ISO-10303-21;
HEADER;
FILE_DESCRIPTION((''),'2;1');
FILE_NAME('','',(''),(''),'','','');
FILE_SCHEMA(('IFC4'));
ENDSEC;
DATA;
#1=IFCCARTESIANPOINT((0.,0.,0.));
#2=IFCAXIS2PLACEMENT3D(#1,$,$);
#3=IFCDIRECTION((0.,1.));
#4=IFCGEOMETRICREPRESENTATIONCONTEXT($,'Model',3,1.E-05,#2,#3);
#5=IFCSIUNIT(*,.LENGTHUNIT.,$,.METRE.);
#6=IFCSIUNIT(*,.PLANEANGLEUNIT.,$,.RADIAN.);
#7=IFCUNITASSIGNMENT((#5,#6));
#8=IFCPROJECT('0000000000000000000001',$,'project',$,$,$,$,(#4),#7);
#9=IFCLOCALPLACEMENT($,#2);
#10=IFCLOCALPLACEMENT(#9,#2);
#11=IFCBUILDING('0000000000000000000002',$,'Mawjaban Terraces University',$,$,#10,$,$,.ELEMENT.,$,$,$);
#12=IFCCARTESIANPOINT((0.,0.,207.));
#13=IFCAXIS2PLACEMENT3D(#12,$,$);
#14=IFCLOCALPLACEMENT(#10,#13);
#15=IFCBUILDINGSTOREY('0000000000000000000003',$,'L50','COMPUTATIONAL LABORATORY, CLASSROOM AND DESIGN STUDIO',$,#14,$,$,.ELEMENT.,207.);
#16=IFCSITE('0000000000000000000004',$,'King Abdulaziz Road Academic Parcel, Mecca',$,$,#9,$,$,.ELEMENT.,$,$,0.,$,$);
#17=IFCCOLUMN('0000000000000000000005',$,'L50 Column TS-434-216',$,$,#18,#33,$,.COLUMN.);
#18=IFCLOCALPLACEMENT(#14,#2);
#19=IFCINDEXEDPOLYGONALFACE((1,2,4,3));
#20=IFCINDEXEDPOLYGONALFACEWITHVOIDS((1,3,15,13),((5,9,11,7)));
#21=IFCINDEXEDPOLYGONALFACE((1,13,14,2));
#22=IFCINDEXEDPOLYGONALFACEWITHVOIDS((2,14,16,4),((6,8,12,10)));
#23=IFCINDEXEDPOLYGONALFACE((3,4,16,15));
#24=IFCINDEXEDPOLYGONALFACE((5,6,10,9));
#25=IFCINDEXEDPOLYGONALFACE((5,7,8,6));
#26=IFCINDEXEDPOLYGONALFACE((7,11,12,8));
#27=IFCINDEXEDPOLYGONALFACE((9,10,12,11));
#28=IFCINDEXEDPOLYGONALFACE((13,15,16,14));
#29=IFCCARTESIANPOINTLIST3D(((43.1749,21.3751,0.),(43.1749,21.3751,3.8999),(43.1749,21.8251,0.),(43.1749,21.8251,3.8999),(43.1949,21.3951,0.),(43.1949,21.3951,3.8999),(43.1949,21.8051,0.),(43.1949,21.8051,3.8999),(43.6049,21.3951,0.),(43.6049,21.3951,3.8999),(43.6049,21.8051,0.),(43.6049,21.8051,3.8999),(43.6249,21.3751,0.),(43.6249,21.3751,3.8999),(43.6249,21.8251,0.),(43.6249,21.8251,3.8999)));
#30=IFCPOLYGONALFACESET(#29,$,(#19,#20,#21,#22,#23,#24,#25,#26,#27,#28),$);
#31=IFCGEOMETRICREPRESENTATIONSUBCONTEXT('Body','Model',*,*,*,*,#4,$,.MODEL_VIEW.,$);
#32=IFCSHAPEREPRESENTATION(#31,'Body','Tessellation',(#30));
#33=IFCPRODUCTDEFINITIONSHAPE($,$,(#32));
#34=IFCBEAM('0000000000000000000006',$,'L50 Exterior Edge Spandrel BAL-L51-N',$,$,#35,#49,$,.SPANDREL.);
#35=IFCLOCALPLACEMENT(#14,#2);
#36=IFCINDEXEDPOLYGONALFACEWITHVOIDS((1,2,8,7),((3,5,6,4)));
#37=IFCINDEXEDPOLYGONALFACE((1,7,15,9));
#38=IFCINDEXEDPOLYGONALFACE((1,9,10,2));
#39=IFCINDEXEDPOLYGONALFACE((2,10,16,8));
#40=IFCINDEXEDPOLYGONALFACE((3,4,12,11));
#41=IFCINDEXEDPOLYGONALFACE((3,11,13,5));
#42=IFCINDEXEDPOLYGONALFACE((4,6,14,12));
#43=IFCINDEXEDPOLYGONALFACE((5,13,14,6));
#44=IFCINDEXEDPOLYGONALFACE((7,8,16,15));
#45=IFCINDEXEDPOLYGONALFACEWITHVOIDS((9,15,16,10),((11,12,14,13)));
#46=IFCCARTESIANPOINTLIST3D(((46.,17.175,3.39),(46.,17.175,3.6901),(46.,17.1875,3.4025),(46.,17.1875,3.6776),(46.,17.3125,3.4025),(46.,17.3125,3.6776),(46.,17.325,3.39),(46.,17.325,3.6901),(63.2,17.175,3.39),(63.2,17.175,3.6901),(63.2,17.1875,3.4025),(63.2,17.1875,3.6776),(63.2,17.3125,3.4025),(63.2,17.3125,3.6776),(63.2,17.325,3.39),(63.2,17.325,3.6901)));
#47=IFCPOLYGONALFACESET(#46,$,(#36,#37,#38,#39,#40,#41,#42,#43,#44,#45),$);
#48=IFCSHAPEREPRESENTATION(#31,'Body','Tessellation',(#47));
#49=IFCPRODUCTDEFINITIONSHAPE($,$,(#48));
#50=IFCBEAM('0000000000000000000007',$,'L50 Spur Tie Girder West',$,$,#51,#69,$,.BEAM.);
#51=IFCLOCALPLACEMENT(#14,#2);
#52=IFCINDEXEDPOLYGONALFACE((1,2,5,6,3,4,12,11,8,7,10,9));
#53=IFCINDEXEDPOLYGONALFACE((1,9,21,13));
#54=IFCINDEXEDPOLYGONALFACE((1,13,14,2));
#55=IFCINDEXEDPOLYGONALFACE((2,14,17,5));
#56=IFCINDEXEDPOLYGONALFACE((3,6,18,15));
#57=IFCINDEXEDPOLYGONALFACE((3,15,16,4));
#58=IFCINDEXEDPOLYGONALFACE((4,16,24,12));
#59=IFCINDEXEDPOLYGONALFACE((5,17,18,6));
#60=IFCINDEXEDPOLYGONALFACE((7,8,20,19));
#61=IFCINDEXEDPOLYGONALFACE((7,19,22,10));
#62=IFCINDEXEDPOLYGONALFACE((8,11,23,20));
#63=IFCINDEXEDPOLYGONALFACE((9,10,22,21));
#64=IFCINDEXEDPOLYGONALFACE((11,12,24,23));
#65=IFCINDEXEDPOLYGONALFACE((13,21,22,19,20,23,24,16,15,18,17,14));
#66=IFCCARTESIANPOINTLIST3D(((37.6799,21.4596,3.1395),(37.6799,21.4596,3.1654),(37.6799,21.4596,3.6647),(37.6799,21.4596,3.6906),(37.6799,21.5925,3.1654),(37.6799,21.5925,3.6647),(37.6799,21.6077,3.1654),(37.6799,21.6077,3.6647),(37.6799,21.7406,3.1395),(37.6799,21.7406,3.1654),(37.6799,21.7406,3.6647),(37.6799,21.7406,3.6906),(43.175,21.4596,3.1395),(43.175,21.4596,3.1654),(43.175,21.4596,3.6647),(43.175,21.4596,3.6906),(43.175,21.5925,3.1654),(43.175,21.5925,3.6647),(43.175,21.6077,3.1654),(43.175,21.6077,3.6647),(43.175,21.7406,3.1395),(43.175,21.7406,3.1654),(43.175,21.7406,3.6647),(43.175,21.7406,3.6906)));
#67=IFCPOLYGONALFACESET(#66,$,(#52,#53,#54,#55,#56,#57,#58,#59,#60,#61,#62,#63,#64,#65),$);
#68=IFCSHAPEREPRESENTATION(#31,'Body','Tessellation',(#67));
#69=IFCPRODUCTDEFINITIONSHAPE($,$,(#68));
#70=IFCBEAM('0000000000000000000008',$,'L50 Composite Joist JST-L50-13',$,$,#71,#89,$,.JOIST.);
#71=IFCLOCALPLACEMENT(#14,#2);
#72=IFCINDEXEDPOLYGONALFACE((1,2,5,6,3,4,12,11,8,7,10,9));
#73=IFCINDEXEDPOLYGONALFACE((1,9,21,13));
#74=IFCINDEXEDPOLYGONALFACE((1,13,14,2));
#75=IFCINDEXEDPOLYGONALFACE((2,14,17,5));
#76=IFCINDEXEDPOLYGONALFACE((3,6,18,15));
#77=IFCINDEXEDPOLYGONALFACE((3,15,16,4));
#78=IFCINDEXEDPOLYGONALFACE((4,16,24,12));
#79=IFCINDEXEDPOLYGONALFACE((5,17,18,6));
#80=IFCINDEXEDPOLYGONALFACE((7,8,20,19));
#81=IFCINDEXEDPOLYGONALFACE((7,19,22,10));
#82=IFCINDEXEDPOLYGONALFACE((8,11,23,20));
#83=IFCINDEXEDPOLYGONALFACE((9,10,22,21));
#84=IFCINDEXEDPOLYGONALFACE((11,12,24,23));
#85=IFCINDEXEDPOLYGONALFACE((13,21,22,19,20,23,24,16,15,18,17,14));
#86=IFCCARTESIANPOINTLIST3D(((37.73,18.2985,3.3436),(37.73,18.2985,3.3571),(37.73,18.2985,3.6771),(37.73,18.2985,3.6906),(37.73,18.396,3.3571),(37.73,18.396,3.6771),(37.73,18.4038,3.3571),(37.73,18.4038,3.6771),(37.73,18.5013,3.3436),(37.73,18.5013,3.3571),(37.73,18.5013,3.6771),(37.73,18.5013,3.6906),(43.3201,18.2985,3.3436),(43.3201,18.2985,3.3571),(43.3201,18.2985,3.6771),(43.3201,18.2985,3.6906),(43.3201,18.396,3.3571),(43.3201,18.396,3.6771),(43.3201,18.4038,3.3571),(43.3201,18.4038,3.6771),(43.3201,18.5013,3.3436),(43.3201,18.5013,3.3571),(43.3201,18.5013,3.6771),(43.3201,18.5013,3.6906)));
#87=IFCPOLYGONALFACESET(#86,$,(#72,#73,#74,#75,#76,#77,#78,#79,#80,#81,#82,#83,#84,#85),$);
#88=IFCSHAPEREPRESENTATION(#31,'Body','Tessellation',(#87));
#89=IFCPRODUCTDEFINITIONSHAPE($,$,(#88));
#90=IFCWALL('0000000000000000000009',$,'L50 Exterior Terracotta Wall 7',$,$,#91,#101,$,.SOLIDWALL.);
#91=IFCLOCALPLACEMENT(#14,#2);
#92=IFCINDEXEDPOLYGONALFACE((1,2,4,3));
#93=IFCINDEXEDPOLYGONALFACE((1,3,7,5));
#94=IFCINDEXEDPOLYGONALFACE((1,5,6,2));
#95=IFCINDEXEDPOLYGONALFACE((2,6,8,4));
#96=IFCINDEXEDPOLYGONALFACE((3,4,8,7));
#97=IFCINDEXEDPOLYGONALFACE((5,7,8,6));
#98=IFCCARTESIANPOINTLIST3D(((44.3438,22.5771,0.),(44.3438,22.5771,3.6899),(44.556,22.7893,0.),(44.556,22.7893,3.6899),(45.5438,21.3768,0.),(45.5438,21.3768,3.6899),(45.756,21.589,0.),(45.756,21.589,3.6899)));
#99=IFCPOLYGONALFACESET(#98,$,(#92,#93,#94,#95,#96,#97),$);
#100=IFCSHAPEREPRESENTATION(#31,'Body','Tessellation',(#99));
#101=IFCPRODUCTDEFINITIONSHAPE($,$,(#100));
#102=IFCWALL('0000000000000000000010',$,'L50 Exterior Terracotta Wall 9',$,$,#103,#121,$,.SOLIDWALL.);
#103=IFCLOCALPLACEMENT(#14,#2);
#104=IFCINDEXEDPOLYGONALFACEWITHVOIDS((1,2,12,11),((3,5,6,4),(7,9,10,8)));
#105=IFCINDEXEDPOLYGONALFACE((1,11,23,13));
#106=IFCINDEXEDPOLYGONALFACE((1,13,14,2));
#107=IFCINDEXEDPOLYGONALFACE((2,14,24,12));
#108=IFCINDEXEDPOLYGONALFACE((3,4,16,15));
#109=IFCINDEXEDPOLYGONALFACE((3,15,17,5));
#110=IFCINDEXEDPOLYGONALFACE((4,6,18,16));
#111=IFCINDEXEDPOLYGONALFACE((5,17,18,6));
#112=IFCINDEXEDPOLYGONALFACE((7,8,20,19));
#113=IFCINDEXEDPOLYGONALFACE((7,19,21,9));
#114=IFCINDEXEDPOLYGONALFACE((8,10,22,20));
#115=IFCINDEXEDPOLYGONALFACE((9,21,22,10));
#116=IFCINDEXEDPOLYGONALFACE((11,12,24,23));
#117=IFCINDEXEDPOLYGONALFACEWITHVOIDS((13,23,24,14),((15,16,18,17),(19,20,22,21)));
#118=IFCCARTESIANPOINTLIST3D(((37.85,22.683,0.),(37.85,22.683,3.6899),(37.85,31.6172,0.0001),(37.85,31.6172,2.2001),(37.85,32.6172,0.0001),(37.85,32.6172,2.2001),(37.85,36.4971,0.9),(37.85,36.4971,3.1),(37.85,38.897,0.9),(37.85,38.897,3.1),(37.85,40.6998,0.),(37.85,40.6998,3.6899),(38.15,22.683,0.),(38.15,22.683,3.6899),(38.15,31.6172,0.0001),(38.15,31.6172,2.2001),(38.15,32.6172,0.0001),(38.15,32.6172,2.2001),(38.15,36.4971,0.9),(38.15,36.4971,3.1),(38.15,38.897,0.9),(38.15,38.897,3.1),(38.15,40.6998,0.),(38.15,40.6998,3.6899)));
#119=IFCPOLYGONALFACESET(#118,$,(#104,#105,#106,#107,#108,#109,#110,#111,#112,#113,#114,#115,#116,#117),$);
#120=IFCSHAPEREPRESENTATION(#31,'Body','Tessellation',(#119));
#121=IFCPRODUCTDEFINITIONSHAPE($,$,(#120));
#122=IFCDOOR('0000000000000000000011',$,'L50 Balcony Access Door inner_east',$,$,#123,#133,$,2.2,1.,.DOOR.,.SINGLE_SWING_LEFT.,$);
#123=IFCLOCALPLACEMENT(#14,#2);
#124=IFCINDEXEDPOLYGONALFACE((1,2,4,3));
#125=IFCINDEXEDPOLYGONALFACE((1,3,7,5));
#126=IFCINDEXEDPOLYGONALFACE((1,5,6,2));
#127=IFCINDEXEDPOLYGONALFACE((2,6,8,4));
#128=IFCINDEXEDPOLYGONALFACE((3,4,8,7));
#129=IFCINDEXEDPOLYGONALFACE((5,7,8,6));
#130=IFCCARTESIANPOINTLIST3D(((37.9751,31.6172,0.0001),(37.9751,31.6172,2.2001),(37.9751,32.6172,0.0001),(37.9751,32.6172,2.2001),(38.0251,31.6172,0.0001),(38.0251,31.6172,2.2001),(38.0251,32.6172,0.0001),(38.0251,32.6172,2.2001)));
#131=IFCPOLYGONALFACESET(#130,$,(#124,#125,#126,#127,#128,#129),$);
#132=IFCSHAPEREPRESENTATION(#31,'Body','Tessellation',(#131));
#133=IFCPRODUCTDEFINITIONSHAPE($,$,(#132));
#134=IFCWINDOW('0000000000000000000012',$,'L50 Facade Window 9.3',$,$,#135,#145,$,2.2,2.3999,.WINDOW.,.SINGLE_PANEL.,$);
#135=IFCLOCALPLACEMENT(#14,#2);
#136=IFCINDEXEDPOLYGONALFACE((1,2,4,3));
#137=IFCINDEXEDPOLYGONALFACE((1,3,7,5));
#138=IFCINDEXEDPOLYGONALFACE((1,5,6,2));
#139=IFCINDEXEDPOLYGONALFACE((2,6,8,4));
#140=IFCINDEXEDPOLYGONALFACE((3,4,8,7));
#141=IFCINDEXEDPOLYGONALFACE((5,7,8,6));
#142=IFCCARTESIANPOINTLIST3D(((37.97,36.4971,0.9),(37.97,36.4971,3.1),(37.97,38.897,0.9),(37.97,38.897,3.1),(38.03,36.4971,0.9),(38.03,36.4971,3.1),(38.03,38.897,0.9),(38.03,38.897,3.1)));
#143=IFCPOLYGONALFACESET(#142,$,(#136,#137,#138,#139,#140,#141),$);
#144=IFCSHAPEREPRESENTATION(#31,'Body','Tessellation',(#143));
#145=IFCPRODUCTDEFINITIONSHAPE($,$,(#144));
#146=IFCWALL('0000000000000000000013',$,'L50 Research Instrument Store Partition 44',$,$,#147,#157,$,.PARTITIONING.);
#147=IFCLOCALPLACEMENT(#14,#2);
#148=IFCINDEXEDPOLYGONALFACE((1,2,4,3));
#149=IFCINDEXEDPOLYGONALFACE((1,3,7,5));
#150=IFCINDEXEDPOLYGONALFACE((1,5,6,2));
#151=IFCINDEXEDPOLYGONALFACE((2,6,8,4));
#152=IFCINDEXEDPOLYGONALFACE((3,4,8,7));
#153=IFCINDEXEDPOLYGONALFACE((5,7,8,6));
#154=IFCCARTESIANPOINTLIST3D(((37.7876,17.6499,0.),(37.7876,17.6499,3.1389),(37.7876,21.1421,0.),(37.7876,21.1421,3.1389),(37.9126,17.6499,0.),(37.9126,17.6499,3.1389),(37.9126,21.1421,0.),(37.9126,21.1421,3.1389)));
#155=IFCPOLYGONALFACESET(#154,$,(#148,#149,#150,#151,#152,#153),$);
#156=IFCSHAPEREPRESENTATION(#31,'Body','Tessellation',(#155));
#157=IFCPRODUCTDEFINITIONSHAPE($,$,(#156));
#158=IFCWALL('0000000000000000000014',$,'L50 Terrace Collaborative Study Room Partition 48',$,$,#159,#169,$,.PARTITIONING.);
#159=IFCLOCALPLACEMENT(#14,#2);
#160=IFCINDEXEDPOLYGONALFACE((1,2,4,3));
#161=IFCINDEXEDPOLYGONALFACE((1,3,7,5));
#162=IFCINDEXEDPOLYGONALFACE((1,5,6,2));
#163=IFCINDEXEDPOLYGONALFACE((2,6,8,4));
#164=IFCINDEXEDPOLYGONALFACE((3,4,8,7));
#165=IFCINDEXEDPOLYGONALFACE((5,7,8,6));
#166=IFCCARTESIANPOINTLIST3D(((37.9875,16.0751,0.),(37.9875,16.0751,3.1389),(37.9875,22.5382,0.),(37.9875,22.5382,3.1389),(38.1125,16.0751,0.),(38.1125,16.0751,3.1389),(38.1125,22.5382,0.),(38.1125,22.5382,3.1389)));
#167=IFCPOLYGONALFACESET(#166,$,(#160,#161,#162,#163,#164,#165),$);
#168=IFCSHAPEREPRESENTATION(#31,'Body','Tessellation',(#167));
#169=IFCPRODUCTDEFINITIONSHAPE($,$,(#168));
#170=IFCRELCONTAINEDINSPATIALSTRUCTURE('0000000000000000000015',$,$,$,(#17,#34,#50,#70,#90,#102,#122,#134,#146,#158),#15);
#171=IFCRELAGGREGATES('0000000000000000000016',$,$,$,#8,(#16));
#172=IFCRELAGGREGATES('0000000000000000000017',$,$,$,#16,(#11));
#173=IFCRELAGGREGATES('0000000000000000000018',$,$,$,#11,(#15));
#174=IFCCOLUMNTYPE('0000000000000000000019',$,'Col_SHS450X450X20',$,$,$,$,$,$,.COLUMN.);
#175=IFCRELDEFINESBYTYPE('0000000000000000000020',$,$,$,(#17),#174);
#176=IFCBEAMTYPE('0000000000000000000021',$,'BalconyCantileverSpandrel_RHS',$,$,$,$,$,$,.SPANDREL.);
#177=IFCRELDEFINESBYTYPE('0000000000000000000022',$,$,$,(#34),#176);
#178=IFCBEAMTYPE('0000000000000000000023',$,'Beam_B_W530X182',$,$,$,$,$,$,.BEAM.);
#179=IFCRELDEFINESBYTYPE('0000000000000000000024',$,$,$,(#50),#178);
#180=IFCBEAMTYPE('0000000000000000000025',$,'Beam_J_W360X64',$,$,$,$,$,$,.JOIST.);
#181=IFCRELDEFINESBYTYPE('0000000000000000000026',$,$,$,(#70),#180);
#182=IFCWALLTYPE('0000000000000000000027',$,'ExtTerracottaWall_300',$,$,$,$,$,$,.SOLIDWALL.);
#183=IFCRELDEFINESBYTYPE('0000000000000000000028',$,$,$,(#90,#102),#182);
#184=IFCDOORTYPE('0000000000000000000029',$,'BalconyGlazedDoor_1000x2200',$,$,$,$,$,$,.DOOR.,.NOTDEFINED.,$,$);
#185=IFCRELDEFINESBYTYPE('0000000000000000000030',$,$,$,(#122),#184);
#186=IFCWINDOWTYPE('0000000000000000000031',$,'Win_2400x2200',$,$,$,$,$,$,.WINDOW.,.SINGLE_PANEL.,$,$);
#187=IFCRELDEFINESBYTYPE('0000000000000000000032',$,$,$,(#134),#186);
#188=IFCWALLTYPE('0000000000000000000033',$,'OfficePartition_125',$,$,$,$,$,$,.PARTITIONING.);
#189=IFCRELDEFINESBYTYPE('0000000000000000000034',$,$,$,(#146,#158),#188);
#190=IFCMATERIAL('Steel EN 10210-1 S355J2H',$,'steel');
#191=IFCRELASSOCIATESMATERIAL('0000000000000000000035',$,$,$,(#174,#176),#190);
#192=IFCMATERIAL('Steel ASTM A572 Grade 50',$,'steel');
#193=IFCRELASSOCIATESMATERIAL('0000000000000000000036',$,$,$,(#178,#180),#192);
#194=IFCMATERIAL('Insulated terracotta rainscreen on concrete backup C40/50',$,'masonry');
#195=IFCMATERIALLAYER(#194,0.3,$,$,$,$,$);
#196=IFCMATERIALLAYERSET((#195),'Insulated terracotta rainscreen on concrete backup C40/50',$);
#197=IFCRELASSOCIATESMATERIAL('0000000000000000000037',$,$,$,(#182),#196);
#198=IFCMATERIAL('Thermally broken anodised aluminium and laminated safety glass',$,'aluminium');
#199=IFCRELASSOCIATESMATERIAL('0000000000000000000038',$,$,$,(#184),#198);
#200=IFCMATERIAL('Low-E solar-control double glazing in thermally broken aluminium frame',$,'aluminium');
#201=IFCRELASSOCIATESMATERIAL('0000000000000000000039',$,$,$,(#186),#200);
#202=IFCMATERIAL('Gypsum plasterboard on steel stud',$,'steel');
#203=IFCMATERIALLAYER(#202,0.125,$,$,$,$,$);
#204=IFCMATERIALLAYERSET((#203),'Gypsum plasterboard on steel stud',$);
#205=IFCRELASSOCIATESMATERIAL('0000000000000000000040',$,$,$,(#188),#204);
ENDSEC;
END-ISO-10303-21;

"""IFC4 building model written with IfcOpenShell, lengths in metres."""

from ifc_helpers import new_model, si_unit, direction, frame, frame_2d, origin, origin_2d, place, context, subcontext, project, spatial, rectangle, hollow_rectangle, i_section, extrude, material, layer, layer_set, material_profile, profile_set, type_object, element, fill, save


model = new_model("IFC4")

# Units and contexts
model_context = context("Model", 3, precision=1e-05, world=origin(), true_north=direction((0.0, 1.0)))
body_context = subcontext(model_context, "Body", "Model", "MODEL_VIEW")
ifc_project = project(units=[si_unit("LENGTHUNIT", "METRE"), si_unit("PLANEANGLEUNIT", "RADIAN")], contexts=[model_context])

# Site, building, storey
site_placement = place(None, origin())
site = spatial("IfcSite", under=ifc_project, at=site_placement, Name="King Abdulaziz Road Academic Parcel, Mecca", CompositionType="ELEMENT", RefElevation=0.0)
building_placement = place(site_placement, origin())
building = spatial("IfcBuilding", under=site, at=building_placement, Name="Mawjaban Terraces University", CompositionType="ELEMENT")
storey_placement = place(building_placement, frame((0.0, 0.0, 207.0)))
storey = spatial("IfcBuildingStorey", under=building, at=storey_placement, Name="L50", Description="COMPUTATIONAL LABORATORY, CLASSROOM AND DESIGN STUDIO", CompositionType="ELEMENT", Elevation=207.0)

# Column
ifc_material_1 = material(Name="Steel EN 10210-1 S355J2H", Category="steel")
ifc_material_profile_1 = material_profile(ifc_material_1, hollow_rectangle(XDim=0.45, YDim=0.45, WallThickness=0.02, at=origin_2d()), Name="SHS450X450X20")
ifc_profile_set_1 = profile_set([ifc_material_profile_1], Name="Steel EN 10210-1 S355J2H")
column_type = type_object("IfcColumnType", Name="Col_SHS450X450X20", PredefinedType="COLUMN", material=ifc_profile_set_1)
column_placement = place(storey_placement, frame((43.3999, 21.6001, 0.0), z_axis=(0.0, 0.0, 1.0), x_axis=(1.0, 0.0, 0.0)))
element("IfcColumn", 1, at=column_placement, inside=storey, type_object=column_type, Name="L50 Column TS-434-216", PredefinedType="COLUMN", context=body_context, shape_type="SweptSolid", body=[
    extrude(hollow_rectangle(XDim=0.45, YDim=0.45, WallThickness=0.02, at=origin_2d()), origin(), (0.0, 0.0, 1.0), 3.8999),
])

# Beams
ifc_material_profile_2 = material_profile(ifc_material_1, hollow_rectangle(XDim=0.1499, YDim=0.3, WallThickness=0.0125, at=origin_2d()), Name="RHS300X150X12.5")
ifc_profile_set_2 = profile_set([ifc_material_profile_2], Name="Steel EN 10210-1 S355J2H")
beam_type_1 = type_object("IfcBeamType", Name="BalconyCantileverSpandrel_RHS", PredefinedType="SPANDREL", material=ifc_profile_set_2)
beam_1_placement = place(storey_placement, frame((46.0, 17.25, 3.54), z_axis=(1.0, 0.0, 0.0), x_axis=(0.0, 1.0, 0.0)))
element("IfcBeam", 2, at=beam_1_placement, inside=storey, type_object=beam_type_1, Name="L50 Exterior Edge Spandrel BAL-L51-N", PredefinedType="SPANDREL", context=body_context, shape_type="SweptSolid", body=[
    extrude(hollow_rectangle(XDim=0.1499, YDim=0.3, WallThickness=0.0125, at=origin_2d()), origin(), (0.0, 0.0, 1.0), 17.2),
])
ifc_material_2 = material(Name="Steel ASTM A572 Grade 50", Category="steel")
ifc_material_profile_3 = material_profile(ifc_material_2, i_section(OverallWidth=0.281, OverallDepth=0.551, WebThickness=0.0151, FlangeThickness=0.0259, at=origin_2d()), Name="W530X182")
ifc_profile_set_3 = profile_set([ifc_material_profile_3], Name="Steel ASTM A572 Grade 50")
beam_type_2 = type_object("IfcBeamType", Name="Beam_B_W530X182", PredefinedType="BEAM", material=ifc_profile_set_3)
beam_2_placement = place(storey_placement, frame((37.6799, 21.6001, 3.415), z_axis=(1.0, 0.0, 0.0), x_axis=(0.0, 1.0, 0.0)))
element("IfcBeam", 3, at=beam_2_placement, inside=storey, type_object=beam_type_2, Name="L50 Spur Tie Girder West", PredefinedType="BEAM", context=body_context, shape_type="SweptSolid", body=[
    extrude(i_section(OverallWidth=0.281, OverallDepth=0.551, WebThickness=0.0151, FlangeThickness=0.0259, at=origin_2d()), origin(), (0.0, 0.0, 1.0), 5.4951),
])
ifc_material_profile_4 = material_profile(ifc_material_2, i_section(OverallWidth=0.2029, OverallDepth=0.3469, WebThickness=0.0078, FlangeThickness=0.0134, at=origin_2d()), Name="W360X64")
ifc_profile_set_4 = profile_set([ifc_material_profile_4], Name="Steel ASTM A572 Grade 50")
beam_type_3 = type_object("IfcBeamType", Name="Beam_J_W360X64", PredefinedType="JOIST", material=ifc_profile_set_4)
beam_3_placement = place(storey_placement, frame((37.73, 18.3999, 3.5171), z_axis=(1.0, 0.0, 0.0), x_axis=(0.0, 1.0, 0.0)))
element("IfcBeam", 4, at=beam_3_placement, inside=storey, type_object=beam_type_3, Name="L50 Composite Joist JST-L50-13", PredefinedType="JOIST", context=body_context, shape_type="SweptSolid", body=[
    extrude(i_section(OverallWidth=0.2029, OverallDepth=0.3469, WebThickness=0.0078, FlangeThickness=0.0134, at=origin_2d()), origin(), (0.0, 0.0, 1.0), 5.5901),
])

# Wall
ifc_material_3 = material(Name="Insulated terracotta rainscreen on concrete backup C40/50", Category="masonry")
ifc_layer_1 = layer(ifc_material_3, 0.3)
ifc_layer_set_1 = layer_set([ifc_layer_1], Name="Insulated terracotta rainscreen on concrete backup C40/50")
wall_type_1 = type_object("IfcWallType", Name="ExtTerracottaWall_300", PredefinedType="SOLIDWALL", material=ifc_layer_set_1)
wall_1_placement = place(storey_placement, frame((45.6499, 21.4829, 0.0), z_axis=(0.0, 0.0, 1.0), x_axis=(-0.707035, 0.707179, 0.0)))
element("IfcWall", 5, at=wall_1_placement, inside=storey, type_object=wall_type_1, Name="L50 Exterior Terracotta Wall 7", PredefinedType="SOLIDWALL", context=body_context, shape_type="SweptSolid", body=[
    extrude(rectangle(XDim=1.6973, YDim=0.3, at=frame_2d((0.8486, 0.0))), origin(), (0.0, 0.0, 1.0), 3.6899),
])

# Wall, openings, door, window
wall_2_placement = place(storey_placement, frame((38.0, 22.6831, 0.0), z_axis=(0.0, 0.0, 1.0), x_axis=(0.0, 1.0, 0.0)))
wall_2 = element("IfcWall", 6, at=wall_2_placement, inside=storey, type_object=wall_type_1, Name="L50 Exterior Terracotta Wall 9", PredefinedType="SOLIDWALL", context=body_context, shape_type="SweptSolid", body=[
    extrude(rectangle(XDim=18.0168, YDim=0.3, at=frame_2d((9.0083, 0.0))), origin(), (0.0, 0.0, 1.0), 3.6899),
])
opening_1_placement = place(wall_2_placement, frame((8.9341, 0.0, 0.0)))
opening_1 = element("IfcOpeningElement", 7, at=opening_1_placement, cuts=wall_2, PredefinedType="OPENING", context=body_context, shape_type="SweptSolid", body=[
    extrude(rectangle(XDim=1.0, YDim=2.2, at=frame_2d((0.5, 1.1001))), frame((0.0, 0.1599, 0.0), z_axis=(0.0, -1.0, 0.0), x_axis=(1.0, 0.0, 0.0)), (0.0, 0.0, 1.0), 0.3201),
])
opening_2_placement = place(wall_2_placement, frame((13.814, 0.0, 0.8999)))
opening_2 = element("IfcOpeningElement", 8, at=opening_2_placement, cuts=wall_2, PredefinedType="OPENING", context=body_context, shape_type="SweptSolid", body=[
    extrude(rectangle(XDim=2.3999, YDim=2.2, at=frame_2d((1.2, 1.1001))), frame((0.0, 0.1599, 0.0), z_axis=(0.0, -1.0, 0.0), x_axis=(1.0, 0.0, 0.0)), (0.0, 0.0, 1.0), 0.3201),
])
ifc_material_4 = material(Name="Thermally broken anodised aluminium and laminated safety glass", Category="aluminium")
door_type = type_object("IfcDoorType", Name="BalconyGlazedDoor_1000x2200", OperationType="NOTDEFINED", PredefinedType="DOOR", material=ifc_material_4)
door_placement = place(opening_1_placement, origin())
door = element("IfcDoor", 9, at=door_placement, inside=storey, type_object=door_type, Name="L50 Balcony Access Door inner_east", OperationType="SINGLE_SWING_LEFT", OverallHeight=2.2, OverallWidth=1.0, PredefinedType="DOOR", context=body_context, shape_type="SweptSolid", body=[
    extrude(rectangle(XDim=1.0, YDim=2.2, at=frame_2d((0.5, 1.1001))), frame((0.0, 0.0249, 0.0), z_axis=(0.0, -1.0, 0.0), x_axis=(1.0, 0.0, 0.0)), (0.0, 0.0, 1.0), 0.05),
])
fill(opening_1, door)
ifc_material_5 = material(Name="Low-E solar-control double glazing in thermally broken aluminium frame", Category="aluminium")
window_type = type_object("IfcWindowType", Name="Win_2400x2200", PartitioningType="SINGLE_PANEL", PredefinedType="WINDOW", material=ifc_material_5)
window_placement = place(opening_2_placement, origin())
window = element("IfcWindow", 10, at=window_placement, inside=storey, type_object=window_type, Name="L50 Facade Window 9.3", OverallHeight=2.2, OverallWidth=2.3999, PartitioningType="SINGLE_PANEL", PredefinedType="WINDOW", context=body_context, shape_type="SweptSolid", body=[
    extrude(rectangle(XDim=2.3999, YDim=2.2, at=frame_2d((1.2, 1.1001))), frame((0.0, 0.03, 0.0), z_axis=(0.0, -1.0, 0.0), x_axis=(1.0, 0.0, 0.0)), (0.0, 0.0, 1.0), 0.0601),
])
fill(opening_2, window)

# Walls
ifc_material_6 = material(Name="Gypsum plasterboard on steel stud", Category="steel")
ifc_layer_2 = layer(ifc_material_6, 0.125)
ifc_layer_set_2 = layer_set([ifc_layer_2], Name="Gypsum plasterboard on steel stud")
wall_type_2 = type_object("IfcWallType", Name="OfficePartition_125", PredefinedType="PARTITIONING", material=ifc_layer_set_2)
wall_3_placement = place(storey_placement, frame((37.8501, 17.6499, 0.0), z_axis=(0.0, 0.0, 1.0), x_axis=(0.0, 1.0, 0.0)))
element("IfcWall", 11, at=wall_3_placement, inside=storey, type_object=wall_type_2, Name="L50 Research Instrument Store Partition 44", PredefinedType="PARTITIONING", context=body_context, shape_type="SweptSolid", body=[
    extrude(rectangle(XDim=3.4922, YDim=0.125, at=frame_2d((1.7461, 0.0))), origin(), (0.0, 0.0, 1.0), 3.1389),
])
wall_4_placement = place(storey_placement, frame((38.05, 22.5381, 0.0), z_axis=(0.0, 0.0, 1.0), x_axis=(0.0, -1.0, 0.0)))
element("IfcWall", 12, at=wall_4_placement, inside=storey, type_object=wall_type_2, Name="L50 Terrace Collaborative Study Room Partition 48", PredefinedType="PARTITIONING", context=body_context, shape_type="SweptSolid", body=[
    extrude(rectangle(XDim=6.4631, YDim=0.125, at=frame_2d((3.2314, 0.0))), origin(), (0.0, 0.0, 1.0), 3.1389),
])

save(model, "model.ifc")
